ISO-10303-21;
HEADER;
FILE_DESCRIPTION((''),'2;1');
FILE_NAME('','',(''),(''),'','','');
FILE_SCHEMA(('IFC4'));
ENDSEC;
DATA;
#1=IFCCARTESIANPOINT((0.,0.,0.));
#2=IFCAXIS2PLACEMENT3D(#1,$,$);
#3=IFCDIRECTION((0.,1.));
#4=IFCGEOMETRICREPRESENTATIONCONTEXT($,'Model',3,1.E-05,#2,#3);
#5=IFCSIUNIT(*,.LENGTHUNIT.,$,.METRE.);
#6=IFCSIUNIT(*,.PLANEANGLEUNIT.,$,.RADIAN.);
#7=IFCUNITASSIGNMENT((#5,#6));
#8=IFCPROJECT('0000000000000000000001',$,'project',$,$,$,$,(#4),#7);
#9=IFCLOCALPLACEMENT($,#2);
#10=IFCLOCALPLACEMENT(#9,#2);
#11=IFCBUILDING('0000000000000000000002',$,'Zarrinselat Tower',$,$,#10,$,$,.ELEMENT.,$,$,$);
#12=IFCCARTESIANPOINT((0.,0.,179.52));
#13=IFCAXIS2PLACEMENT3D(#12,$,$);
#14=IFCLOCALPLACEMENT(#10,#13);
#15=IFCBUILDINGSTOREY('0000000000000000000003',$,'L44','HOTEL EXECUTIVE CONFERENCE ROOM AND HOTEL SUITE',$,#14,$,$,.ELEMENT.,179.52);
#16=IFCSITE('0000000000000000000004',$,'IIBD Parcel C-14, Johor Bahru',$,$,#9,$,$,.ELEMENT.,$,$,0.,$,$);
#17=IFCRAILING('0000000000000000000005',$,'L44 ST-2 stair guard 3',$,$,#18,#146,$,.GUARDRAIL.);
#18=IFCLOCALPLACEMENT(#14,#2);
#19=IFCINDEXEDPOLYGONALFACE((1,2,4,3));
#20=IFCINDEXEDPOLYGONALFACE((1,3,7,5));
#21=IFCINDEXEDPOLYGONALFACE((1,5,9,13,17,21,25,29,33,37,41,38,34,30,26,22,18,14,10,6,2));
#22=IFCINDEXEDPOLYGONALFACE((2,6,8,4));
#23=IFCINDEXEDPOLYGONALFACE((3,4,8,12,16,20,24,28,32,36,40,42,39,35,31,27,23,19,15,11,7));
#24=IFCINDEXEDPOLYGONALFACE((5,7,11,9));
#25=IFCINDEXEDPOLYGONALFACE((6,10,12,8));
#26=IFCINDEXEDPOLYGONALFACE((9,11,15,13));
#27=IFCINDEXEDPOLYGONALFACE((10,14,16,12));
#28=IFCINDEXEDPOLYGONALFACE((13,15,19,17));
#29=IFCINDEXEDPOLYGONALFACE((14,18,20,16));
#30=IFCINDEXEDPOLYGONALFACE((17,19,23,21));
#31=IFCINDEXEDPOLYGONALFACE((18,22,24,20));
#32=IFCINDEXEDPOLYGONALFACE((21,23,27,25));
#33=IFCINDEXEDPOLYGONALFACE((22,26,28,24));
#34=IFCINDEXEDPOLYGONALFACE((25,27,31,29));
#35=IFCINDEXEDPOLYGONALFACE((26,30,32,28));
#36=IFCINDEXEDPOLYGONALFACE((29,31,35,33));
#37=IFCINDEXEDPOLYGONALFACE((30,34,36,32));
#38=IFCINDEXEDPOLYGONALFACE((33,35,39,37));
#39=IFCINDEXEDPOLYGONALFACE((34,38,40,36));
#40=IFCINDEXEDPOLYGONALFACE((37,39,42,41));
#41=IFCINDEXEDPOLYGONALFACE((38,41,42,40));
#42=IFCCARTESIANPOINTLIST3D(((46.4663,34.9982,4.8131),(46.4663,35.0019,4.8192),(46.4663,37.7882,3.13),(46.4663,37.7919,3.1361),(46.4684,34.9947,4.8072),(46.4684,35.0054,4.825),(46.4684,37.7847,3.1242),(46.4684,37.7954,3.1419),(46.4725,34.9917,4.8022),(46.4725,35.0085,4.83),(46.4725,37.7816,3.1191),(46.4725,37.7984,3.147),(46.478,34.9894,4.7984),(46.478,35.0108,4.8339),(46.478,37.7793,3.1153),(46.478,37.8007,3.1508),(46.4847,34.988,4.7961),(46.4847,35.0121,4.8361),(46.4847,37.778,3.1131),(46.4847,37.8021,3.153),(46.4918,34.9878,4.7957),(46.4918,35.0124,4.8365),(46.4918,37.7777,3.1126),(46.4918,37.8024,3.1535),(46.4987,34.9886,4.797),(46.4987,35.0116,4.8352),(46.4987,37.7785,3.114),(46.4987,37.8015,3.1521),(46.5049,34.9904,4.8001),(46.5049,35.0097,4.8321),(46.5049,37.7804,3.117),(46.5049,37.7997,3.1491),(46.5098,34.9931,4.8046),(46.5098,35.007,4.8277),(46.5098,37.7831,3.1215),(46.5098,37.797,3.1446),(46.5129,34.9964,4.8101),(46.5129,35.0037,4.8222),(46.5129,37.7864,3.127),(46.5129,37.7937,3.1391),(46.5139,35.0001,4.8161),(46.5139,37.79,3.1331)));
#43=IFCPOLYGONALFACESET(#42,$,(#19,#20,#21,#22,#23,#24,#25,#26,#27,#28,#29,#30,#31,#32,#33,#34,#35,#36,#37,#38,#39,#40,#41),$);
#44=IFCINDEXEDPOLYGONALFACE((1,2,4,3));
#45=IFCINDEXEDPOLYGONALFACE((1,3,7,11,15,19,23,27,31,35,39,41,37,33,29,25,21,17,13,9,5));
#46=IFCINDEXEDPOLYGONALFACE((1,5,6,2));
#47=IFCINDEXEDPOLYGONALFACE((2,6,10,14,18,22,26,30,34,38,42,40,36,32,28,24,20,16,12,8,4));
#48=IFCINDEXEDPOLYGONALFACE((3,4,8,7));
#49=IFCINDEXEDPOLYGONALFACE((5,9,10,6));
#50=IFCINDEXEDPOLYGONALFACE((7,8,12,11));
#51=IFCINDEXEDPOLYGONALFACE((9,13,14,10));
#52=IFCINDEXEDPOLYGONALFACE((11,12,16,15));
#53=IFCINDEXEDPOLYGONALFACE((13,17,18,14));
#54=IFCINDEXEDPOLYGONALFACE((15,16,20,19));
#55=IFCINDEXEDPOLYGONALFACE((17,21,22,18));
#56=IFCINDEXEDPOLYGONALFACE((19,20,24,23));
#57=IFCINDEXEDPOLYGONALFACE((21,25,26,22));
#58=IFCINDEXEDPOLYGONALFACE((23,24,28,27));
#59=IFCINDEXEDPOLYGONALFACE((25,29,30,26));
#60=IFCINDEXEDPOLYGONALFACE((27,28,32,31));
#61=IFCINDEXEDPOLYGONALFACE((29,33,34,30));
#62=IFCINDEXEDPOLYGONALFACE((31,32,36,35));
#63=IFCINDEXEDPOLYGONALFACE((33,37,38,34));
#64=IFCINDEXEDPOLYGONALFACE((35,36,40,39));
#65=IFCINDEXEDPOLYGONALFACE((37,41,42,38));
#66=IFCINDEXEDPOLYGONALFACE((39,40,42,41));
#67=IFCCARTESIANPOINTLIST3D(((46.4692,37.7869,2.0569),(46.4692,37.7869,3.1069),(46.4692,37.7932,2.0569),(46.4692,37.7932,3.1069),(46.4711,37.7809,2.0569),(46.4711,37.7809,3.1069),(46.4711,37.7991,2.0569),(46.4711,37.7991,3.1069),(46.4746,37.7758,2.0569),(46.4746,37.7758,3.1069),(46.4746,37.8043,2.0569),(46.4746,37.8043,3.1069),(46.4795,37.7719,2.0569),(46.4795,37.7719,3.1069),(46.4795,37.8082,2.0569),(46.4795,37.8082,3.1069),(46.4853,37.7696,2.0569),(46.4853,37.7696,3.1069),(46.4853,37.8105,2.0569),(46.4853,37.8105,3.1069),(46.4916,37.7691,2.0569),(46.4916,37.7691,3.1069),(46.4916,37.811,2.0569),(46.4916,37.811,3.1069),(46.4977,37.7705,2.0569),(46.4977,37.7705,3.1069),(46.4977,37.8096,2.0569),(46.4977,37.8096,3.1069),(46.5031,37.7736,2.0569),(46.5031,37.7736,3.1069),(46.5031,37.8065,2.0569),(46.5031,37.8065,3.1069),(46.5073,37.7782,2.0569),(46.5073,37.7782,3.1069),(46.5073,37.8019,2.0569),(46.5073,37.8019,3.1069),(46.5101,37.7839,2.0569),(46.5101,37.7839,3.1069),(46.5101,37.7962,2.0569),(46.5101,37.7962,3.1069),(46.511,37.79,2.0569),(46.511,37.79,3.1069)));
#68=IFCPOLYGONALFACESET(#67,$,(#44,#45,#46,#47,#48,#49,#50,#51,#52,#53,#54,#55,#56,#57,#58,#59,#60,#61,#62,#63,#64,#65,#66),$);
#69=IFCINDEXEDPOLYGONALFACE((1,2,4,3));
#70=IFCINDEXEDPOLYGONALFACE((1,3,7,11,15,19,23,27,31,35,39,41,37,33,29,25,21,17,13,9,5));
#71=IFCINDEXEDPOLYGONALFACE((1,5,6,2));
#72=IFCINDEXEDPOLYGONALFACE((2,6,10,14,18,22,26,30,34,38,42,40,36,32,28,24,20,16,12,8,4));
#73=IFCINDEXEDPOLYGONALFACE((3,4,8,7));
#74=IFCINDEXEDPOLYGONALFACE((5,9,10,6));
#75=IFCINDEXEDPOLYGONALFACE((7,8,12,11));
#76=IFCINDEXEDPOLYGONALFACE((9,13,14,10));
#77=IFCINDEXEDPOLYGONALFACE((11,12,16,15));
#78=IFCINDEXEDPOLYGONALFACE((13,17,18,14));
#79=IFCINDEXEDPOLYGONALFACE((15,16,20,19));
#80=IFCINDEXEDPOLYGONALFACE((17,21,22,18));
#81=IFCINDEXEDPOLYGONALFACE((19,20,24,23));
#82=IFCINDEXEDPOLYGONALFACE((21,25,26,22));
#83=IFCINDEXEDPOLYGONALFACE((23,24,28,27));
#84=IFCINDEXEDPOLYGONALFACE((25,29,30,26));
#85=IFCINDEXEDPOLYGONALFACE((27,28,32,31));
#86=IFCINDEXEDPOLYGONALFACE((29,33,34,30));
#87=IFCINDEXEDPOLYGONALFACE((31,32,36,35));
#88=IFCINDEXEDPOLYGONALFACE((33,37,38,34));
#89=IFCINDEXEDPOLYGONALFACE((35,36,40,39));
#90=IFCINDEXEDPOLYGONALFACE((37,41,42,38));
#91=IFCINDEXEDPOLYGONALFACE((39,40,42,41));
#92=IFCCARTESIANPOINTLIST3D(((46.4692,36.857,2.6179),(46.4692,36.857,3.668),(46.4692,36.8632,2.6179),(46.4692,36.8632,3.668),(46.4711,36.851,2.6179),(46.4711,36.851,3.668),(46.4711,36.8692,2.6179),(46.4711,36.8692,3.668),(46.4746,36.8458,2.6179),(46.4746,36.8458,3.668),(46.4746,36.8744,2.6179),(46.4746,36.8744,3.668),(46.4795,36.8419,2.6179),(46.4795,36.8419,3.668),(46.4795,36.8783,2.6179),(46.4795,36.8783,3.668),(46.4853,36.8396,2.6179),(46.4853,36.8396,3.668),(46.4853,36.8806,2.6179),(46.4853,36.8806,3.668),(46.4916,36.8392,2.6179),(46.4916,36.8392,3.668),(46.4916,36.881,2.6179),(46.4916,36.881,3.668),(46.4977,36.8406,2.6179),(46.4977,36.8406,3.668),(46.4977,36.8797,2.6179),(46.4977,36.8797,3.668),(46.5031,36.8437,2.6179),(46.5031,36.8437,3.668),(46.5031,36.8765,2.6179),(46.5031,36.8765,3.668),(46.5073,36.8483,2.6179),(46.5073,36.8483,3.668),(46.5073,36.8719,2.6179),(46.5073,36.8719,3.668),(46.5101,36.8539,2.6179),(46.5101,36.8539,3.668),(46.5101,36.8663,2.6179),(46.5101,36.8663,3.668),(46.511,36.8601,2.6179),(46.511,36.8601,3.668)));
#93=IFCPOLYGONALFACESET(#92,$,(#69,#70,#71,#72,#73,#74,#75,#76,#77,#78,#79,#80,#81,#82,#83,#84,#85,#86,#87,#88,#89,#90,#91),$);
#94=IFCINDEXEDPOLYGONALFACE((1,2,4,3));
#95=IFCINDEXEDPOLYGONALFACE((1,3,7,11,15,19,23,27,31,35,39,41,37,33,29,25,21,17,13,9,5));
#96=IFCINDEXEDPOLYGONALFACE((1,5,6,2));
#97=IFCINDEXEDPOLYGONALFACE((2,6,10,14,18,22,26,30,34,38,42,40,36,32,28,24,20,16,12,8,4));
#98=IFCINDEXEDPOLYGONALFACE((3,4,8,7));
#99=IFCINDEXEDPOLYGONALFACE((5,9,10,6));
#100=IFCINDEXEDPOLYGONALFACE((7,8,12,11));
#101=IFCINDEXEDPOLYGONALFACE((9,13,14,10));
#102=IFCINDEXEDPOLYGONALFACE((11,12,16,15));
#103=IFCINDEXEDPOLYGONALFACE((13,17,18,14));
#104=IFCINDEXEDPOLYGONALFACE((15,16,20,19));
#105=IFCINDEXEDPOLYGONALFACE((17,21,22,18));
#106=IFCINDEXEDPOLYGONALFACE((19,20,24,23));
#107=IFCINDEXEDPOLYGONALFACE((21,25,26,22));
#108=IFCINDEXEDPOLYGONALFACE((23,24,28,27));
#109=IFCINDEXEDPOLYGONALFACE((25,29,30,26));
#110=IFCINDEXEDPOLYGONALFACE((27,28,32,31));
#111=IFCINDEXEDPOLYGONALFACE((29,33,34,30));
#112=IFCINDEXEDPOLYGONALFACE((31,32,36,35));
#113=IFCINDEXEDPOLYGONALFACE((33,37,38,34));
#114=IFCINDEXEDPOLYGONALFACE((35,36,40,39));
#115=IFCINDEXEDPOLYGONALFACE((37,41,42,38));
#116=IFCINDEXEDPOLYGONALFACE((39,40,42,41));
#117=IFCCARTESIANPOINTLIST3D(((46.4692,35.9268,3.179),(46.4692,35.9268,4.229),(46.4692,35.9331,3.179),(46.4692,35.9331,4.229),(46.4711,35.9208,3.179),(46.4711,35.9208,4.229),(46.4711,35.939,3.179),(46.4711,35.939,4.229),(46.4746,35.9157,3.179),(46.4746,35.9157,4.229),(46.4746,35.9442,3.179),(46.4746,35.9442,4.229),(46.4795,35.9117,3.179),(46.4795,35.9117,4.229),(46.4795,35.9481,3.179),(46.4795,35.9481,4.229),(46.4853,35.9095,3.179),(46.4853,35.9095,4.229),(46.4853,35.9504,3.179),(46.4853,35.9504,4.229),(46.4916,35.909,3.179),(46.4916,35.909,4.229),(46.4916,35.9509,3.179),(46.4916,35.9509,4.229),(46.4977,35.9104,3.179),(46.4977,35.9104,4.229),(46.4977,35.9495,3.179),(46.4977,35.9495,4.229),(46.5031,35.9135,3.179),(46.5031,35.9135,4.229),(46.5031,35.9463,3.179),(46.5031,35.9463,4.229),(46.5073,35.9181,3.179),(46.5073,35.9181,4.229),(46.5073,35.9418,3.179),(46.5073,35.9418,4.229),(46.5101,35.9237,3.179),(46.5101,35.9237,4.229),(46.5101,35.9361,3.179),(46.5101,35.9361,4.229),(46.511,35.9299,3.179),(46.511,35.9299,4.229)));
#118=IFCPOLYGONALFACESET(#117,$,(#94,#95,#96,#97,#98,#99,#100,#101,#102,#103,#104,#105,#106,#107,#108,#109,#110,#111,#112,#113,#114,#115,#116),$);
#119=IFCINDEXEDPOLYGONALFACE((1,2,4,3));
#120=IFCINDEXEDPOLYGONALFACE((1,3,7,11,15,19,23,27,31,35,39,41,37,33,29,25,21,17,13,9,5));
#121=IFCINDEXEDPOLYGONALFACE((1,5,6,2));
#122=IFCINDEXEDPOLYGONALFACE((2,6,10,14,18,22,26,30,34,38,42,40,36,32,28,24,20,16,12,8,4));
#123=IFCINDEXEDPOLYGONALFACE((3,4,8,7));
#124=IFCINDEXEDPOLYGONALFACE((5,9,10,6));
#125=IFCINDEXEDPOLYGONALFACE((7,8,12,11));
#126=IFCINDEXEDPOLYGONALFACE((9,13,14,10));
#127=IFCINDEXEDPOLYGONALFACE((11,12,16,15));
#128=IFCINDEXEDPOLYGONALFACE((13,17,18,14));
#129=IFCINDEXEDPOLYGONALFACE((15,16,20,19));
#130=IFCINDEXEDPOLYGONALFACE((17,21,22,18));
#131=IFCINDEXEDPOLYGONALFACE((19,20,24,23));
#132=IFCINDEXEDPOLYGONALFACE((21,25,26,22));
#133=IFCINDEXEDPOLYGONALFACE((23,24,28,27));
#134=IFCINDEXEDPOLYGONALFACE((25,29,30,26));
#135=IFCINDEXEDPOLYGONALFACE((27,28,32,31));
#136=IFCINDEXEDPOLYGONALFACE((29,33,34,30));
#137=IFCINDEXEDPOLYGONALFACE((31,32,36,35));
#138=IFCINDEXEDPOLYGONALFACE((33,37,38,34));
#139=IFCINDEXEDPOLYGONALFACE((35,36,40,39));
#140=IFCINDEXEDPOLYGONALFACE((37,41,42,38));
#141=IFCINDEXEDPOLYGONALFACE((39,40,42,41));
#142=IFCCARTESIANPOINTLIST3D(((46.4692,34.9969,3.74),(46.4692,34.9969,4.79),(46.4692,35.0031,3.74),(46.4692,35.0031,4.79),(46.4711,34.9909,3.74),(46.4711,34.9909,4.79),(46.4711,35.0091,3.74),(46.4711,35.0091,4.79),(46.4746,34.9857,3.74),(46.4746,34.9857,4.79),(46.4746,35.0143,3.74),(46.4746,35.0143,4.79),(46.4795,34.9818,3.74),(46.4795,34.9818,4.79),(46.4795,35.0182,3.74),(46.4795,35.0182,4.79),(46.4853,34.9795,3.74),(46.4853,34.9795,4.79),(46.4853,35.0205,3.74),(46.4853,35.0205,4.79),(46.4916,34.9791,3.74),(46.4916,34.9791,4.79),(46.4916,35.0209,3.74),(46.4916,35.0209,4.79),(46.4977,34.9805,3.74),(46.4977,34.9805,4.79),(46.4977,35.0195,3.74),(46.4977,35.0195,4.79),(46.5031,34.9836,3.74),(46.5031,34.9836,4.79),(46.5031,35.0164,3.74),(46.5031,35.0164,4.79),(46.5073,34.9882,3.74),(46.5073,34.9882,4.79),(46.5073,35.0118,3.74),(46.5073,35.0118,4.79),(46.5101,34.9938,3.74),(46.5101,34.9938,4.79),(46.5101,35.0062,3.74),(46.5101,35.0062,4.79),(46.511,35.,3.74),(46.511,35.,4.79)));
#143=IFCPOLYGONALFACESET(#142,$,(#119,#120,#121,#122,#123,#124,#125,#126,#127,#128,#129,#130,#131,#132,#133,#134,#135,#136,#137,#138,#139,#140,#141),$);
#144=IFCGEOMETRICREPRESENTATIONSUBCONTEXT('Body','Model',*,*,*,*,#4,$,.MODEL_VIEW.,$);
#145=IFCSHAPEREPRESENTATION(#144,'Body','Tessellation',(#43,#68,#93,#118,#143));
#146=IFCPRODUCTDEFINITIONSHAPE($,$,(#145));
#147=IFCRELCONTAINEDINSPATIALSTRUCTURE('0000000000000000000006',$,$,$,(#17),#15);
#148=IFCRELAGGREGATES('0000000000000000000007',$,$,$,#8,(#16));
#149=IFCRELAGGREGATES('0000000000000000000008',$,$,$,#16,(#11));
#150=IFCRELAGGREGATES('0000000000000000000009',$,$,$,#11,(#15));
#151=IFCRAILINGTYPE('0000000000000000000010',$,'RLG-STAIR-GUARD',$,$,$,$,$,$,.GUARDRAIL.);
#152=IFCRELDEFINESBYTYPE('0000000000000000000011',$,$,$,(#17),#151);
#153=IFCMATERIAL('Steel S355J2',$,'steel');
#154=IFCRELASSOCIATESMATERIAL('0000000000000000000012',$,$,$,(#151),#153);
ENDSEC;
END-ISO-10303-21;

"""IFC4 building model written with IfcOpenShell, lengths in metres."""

from ifc_helpers import new_model, si_unit, direction, frame, origin, origin_2d, place, context, subcontext, project, spatial, circle, extrude, material, type_object, element, save


model = new_model("IFC4")

# Units and contexts
model_context = context("Model", 3, precision=1e-05, world=origin(), true_north=direction((0.0, 1.0)))
body_context = subcontext(model_context, "Body", "Model", "MODEL_VIEW")
ifc_project = project(units=[si_unit("LENGTHUNIT", "METRE"), si_unit("PLANEANGLEUNIT", "RADIAN")], contexts=[model_context])

# Site, building, storey
site_placement = place(None, origin())
site = spatial("IfcSite", under=ifc_project, at=site_placement, Name="IIBD Parcel C-14, Johor Bahru", CompositionType="ELEMENT", RefElevation=0.0)
building_placement = place(site_placement, origin())
building = spatial("IfcBuilding", under=site, at=building_placement, Name="Zarrinselat Tower", CompositionType="ELEMENT")
storey_placement = place(building_placement, frame((0.0, 0.0, 179.52)))
storey = spatial("IfcBuildingStorey", under=building, at=storey_placement, Name="L44", Description="HOTEL EXECUTIVE CONFERENCE ROOM AND HOTEL SUITE", CompositionType="ELEMENT", Elevation=179.52)

# Railing
ifc_material_1 = material(Name="Steel S355J2", Category="steel")
railing_type_1 = type_object("IfcRailingType", Name="RLG-STAIR-GUARD", PredefinedType="GUARDRAIL", material=ifc_material_1)
railing_1_placement = place(storey_placement, frame((46.49, 37.79, 2.0569)))
element("IfcRailing", 1, at=railing_1_placement, inside=storey, type_object=railing_type_1, Name="L44 ST-2 stair guard 3", PredefinedType="GUARDRAIL", context=body_context, shape_type="SweptSolid", body=[
    extrude(circle(Radius=0.0239, at=origin_2d()), frame((0.0, 0.0, 1.0762), z_axis=(0.0, -0.856261, 0.516544), x_axis=(1.0, 0.0, 0.0)), (0.0, 0.0, 1.0), 3.2583),
    extrude(circle(Radius=0.021, at=origin_2d()), origin(), (0.0, 0.0, 1.0), 1.05),
    extrude(circle(Radius=0.021, at=origin_2d()), frame((0.0, -0.9299, 0.561)), (0.0, 0.0, 1.0), 1.05),
    extrude(circle(Radius=0.021, at=origin_2d()), frame((0.0, -1.8601, 1.1221)), (0.0, 0.0, 1.0), 1.05),
    extrude(circle(Radius=0.021, at=origin_2d()), frame((0.0, -2.79, 1.6831)), (0.0, 0.0, 1.0), 1.05),
])

save(model, "model.ifc")
